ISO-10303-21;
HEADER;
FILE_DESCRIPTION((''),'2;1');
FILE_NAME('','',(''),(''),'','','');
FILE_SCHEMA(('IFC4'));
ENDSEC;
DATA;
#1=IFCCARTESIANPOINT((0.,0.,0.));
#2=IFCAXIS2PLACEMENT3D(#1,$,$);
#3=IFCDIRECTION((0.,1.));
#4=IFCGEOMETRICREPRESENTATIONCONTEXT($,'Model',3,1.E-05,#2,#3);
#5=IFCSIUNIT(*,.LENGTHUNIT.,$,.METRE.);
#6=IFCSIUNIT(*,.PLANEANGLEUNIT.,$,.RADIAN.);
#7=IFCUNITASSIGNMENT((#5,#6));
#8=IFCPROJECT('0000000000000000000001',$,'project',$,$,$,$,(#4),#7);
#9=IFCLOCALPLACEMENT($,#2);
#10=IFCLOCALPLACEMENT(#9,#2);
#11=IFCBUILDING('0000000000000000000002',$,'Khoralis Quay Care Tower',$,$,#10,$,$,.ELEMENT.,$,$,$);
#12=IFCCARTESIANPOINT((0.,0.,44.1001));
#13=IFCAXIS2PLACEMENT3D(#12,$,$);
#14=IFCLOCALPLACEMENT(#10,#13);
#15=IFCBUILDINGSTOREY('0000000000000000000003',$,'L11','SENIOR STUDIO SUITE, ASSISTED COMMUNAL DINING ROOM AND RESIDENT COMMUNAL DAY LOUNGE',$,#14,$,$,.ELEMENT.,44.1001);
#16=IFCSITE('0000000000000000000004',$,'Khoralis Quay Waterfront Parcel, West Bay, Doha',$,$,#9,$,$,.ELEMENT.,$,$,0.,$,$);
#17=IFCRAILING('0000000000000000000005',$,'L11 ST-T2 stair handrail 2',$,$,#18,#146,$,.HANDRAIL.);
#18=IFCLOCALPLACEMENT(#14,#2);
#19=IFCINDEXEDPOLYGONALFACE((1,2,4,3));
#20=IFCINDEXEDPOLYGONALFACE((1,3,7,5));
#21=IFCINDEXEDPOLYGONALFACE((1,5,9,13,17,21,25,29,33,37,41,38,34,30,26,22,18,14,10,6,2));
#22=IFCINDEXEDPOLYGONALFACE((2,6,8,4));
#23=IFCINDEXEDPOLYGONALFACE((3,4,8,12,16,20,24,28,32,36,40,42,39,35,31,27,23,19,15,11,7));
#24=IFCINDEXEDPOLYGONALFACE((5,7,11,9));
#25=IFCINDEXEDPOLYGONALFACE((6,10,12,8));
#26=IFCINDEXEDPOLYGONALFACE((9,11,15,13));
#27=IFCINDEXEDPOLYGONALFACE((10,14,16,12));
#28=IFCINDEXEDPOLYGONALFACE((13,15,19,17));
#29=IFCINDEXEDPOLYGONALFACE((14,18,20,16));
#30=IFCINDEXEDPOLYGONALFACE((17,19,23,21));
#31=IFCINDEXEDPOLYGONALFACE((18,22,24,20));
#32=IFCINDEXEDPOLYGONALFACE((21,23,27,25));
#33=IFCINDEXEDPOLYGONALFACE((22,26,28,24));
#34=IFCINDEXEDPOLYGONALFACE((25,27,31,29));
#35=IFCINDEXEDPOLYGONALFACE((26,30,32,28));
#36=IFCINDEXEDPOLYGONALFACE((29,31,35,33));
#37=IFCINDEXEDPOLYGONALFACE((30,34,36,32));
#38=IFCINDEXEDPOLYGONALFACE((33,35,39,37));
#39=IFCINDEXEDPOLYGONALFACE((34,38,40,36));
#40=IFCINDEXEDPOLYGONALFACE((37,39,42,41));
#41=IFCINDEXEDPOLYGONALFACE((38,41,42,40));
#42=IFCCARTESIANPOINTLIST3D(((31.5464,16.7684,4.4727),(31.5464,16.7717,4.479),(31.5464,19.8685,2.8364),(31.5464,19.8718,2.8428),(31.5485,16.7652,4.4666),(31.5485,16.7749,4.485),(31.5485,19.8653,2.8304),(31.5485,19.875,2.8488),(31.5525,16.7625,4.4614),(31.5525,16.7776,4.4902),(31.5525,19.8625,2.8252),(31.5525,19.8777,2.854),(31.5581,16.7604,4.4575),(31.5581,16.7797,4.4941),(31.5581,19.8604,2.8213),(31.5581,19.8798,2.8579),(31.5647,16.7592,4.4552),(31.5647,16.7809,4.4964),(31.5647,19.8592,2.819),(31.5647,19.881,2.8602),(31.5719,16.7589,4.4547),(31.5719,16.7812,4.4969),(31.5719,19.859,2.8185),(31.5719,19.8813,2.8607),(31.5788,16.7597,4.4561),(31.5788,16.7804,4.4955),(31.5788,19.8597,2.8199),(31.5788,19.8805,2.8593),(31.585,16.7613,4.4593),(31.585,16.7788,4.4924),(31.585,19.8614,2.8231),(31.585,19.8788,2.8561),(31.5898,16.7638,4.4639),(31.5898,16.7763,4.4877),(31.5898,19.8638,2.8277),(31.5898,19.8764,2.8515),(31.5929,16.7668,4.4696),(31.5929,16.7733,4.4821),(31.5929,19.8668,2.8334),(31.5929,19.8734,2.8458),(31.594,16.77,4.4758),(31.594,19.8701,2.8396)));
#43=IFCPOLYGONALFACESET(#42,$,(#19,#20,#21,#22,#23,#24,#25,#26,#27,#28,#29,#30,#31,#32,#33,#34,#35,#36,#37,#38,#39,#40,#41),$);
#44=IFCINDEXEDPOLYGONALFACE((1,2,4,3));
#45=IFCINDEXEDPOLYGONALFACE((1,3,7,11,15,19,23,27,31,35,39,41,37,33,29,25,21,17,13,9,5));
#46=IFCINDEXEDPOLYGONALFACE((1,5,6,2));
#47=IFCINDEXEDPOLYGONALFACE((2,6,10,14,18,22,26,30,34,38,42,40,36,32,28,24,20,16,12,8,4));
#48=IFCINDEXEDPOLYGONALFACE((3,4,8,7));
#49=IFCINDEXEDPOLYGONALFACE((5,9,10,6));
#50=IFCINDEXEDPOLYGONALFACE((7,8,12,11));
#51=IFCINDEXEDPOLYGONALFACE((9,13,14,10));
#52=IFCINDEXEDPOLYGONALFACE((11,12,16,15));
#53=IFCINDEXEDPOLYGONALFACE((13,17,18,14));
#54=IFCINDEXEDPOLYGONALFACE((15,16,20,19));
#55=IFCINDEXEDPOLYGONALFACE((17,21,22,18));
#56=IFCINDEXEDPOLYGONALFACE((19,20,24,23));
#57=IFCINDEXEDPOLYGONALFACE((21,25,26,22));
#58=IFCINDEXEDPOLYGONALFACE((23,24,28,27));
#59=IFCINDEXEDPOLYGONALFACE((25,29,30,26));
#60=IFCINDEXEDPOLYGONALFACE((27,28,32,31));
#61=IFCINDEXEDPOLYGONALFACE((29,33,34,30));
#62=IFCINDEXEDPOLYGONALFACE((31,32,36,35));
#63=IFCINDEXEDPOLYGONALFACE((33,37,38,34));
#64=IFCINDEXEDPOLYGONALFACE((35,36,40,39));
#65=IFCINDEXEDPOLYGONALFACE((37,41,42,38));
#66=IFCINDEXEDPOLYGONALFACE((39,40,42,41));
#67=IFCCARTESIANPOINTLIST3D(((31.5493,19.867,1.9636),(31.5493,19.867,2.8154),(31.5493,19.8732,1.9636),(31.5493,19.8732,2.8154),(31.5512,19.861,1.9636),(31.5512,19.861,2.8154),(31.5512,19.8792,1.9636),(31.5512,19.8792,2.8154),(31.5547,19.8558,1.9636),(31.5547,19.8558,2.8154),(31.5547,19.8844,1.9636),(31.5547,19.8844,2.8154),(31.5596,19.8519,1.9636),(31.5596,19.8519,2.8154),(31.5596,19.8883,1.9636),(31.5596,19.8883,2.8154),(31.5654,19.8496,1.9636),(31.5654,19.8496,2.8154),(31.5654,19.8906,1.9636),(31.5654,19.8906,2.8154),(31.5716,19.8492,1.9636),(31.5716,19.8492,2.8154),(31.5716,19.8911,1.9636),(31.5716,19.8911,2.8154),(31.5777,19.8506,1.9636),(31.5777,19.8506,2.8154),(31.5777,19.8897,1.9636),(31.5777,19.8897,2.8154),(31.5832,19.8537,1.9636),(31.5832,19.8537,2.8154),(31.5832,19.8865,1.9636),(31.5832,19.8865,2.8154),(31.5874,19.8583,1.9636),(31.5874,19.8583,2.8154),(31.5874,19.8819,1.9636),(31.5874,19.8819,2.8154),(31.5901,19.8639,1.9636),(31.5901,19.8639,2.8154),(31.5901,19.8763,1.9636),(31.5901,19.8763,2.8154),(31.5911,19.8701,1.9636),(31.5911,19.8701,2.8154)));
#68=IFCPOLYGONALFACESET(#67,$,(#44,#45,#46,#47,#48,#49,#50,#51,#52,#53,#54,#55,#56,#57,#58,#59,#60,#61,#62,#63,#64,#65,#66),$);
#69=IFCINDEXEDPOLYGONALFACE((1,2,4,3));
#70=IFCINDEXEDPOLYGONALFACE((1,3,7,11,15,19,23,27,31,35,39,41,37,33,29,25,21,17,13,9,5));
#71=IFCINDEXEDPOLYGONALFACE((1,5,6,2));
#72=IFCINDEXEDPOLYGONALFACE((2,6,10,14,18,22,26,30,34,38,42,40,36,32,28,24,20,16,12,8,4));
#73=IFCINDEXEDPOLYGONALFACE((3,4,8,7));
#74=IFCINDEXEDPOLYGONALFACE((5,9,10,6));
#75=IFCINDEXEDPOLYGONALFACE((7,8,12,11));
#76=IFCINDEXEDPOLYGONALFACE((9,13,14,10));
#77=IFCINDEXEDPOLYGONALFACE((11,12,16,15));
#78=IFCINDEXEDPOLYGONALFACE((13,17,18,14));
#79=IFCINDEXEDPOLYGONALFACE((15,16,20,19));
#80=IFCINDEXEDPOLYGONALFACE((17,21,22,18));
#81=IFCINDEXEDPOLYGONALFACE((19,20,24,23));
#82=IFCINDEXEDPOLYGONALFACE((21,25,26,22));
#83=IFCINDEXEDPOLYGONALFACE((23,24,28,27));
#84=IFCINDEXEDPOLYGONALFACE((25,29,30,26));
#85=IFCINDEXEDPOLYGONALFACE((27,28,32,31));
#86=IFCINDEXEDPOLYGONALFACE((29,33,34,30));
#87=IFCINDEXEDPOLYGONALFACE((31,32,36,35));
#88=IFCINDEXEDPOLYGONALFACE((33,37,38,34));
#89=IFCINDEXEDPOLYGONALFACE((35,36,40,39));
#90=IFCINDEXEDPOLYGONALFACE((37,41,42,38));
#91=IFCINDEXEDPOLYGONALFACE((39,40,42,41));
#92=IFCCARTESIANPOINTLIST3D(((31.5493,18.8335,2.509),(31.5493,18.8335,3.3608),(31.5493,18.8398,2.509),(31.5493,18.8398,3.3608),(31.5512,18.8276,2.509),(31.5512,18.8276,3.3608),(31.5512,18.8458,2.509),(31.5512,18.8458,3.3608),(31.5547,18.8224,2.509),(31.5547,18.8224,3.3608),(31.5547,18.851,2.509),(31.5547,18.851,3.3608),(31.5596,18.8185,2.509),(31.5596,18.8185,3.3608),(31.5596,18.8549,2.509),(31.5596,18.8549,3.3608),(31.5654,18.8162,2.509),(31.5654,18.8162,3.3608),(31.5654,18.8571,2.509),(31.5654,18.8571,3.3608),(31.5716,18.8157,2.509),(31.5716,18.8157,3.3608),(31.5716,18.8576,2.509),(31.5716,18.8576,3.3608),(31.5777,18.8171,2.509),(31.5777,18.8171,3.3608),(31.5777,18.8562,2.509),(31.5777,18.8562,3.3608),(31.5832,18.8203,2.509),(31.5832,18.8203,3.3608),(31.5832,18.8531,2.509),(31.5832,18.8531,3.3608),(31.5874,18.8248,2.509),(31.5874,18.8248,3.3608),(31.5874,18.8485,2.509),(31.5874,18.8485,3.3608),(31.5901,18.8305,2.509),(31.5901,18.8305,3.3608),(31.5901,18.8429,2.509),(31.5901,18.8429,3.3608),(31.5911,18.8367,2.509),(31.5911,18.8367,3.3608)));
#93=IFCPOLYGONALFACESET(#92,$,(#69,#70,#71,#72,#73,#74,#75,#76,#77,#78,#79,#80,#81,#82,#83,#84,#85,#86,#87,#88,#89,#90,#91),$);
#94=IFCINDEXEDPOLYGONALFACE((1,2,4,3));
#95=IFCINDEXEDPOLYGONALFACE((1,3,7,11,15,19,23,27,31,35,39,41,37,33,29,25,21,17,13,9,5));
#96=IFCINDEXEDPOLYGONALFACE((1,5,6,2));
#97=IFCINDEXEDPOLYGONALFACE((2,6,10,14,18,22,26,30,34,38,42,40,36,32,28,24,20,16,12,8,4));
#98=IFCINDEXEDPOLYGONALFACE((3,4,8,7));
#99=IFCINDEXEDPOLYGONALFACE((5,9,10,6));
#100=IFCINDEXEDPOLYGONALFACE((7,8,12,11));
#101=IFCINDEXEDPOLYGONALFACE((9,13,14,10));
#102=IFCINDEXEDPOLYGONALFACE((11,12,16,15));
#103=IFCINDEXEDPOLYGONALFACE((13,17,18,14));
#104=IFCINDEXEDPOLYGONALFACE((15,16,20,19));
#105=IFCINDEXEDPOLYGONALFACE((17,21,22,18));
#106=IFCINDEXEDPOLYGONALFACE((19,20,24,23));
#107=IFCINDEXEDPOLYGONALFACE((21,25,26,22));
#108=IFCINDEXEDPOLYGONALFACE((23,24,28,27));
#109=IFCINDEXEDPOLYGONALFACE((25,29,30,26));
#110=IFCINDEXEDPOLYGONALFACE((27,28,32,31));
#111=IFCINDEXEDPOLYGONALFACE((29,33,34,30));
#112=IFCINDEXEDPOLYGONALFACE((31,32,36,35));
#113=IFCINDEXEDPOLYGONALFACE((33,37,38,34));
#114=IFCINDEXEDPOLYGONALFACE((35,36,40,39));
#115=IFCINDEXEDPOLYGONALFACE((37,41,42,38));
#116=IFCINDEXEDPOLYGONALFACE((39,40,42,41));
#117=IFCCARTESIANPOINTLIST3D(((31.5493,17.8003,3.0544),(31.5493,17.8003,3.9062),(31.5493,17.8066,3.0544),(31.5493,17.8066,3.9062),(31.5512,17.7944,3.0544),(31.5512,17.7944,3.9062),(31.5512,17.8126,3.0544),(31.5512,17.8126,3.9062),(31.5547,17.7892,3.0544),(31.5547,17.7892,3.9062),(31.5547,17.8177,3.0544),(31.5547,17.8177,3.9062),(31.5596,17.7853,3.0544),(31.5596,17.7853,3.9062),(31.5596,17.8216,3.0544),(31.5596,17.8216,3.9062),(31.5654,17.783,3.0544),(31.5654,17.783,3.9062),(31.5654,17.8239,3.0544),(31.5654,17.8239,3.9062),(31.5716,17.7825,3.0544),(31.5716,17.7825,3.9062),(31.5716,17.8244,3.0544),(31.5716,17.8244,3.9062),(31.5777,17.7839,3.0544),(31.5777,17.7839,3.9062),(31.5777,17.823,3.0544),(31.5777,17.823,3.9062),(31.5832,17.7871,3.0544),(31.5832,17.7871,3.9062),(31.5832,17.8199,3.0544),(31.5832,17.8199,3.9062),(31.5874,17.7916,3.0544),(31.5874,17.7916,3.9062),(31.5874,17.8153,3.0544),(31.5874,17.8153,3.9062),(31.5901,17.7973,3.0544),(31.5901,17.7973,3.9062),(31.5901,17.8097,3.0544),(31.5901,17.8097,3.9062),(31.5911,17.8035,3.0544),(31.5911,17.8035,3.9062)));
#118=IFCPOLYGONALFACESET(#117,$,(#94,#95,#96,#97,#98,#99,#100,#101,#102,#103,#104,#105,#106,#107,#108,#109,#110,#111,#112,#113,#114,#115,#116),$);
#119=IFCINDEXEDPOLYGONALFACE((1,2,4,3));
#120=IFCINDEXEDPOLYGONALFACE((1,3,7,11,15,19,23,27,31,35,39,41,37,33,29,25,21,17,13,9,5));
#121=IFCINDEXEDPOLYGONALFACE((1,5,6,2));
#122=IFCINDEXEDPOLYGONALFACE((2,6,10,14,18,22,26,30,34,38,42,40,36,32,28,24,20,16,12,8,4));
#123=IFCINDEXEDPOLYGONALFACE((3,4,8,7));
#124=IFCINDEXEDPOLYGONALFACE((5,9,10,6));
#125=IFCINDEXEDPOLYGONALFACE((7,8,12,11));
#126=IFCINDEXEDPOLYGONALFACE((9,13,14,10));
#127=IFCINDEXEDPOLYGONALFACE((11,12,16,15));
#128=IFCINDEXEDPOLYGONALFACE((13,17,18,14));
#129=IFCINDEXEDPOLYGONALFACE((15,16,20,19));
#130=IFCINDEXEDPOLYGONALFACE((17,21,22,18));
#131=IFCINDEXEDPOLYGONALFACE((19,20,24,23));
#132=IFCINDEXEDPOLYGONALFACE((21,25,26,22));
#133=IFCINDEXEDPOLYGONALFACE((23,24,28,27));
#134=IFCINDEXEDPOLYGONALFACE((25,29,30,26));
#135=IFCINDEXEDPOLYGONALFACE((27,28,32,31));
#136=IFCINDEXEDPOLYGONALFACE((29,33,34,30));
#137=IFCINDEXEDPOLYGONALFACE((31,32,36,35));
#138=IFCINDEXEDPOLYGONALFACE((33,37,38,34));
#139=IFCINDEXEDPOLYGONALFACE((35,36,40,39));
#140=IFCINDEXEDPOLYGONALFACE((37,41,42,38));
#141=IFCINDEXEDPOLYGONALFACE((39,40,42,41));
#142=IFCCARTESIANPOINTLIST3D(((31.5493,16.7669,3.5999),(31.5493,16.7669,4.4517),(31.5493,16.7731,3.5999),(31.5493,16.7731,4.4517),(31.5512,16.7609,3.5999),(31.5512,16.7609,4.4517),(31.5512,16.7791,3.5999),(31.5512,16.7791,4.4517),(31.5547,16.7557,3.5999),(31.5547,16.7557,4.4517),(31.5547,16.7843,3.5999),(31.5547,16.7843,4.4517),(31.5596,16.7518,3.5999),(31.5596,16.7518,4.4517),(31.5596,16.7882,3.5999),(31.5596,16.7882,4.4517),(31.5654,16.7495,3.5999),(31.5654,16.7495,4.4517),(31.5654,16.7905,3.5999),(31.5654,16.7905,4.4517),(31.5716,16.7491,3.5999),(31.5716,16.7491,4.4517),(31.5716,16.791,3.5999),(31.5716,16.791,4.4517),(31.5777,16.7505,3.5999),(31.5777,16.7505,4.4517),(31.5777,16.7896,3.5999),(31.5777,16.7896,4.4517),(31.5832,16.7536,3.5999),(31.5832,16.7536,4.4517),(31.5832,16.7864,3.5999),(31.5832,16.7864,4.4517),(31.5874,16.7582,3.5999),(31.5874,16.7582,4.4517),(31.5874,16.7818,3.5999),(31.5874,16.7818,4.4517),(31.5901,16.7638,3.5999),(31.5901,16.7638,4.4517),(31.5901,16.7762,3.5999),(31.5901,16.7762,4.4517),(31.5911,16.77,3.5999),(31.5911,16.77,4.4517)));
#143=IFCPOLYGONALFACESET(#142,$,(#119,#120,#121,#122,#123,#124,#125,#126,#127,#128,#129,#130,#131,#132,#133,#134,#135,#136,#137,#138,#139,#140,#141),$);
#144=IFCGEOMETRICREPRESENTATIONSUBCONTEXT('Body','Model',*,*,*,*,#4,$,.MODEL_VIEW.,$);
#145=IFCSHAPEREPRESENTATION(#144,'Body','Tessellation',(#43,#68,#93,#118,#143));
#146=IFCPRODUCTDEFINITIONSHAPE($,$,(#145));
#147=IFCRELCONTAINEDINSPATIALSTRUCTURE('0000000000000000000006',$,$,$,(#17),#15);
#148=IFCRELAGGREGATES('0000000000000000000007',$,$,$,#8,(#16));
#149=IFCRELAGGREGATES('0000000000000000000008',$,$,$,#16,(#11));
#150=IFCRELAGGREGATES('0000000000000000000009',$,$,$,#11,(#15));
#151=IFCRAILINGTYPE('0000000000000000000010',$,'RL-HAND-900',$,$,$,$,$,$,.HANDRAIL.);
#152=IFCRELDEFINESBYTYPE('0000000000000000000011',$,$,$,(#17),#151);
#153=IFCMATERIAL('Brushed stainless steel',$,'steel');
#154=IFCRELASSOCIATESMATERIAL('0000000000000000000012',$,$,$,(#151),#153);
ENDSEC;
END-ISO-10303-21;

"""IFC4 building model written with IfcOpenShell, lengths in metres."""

from ifc_helpers import new_model, si_unit, direction, frame, origin, origin_2d, place, context, subcontext, project, spatial, circle, extrude, material, type_object, element, save


model = new_model("IFC4")

# Units and contexts
model_context = context("Model", 3, precision=1e-05, world=origin(), true_north=direction((0.0, 1.0)))
body_context = subcontext(model_context, "Body", "Model", "MODEL_VIEW")
ifc_project = project(units=[si_unit("LENGTHUNIT", "METRE"), si_unit("PLANEANGLEUNIT", "RADIAN")], contexts=[model_context])

# Site, building, storey
site_placement = place(None, origin())
site = spatial("IfcSite", under=ifc_project, at=site_placement, Name="Khoralis Quay Waterfront Parcel, West Bay, Doha", CompositionType="ELEMENT", RefElevation=0.0)
building_placement = place(site_placement, origin())
building = spatial("IfcBuilding", under=site, at=building_placement, Name="Khoralis Quay Care Tower", CompositionType="ELEMENT")
storey_placement = place(building_placement, frame((0.0, 0.0, 44.1001)))
storey = spatial("IfcBuildingStorey", under=building, at=storey_placement, Name="L11", Description="SENIOR STUDIO SUITE, ASSISTED COMMUNAL DINING ROOM AND RESIDENT COMMUNAL DAY LOUNGE", CompositionType="ELEMENT", Elevation=44.1001)

# Shared definitions
ifc_material_1 = material(Name="Brushed stainless steel", Category="steel")

# Railing
railing_type_1 = type_object("IfcRailingType", Name="RL-HAND-900", PredefinedType="HANDRAIL", material=ifc_material_1)
railing_1_placement = place(storey_placement, frame((31.5701, 19.8701, 1.9636)))
element("IfcRailing", 1, at=railing_1_placement, inside=storey, type_object=railing_type_1, Name="L11 ST-T2 stair handrail 2", PredefinedType="HANDRAIL", context=body_context, shape_type="SweptSolid", body=[
    extrude(circle(Radius=0.0239, at=origin_2d()), frame((0.0, 0.0, 0.876), z_axis=(0.0, -0.884377, 0.466774), x_axis=(1.0, 0.0, 0.0)), (0.0, 0.0, 1.0), 3.5054),
    extrude(circle(Radius=0.021, at=origin_2d()), origin(), (0.0, 0.0, 1.0), 0.8518),
    extrude(circle(Radius=0.021, at=origin_2d()), frame((0.0, -1.0334, 0.5454)), (0.0, 0.0, 1.0), 0.8518),
    extrude(circle(Radius=0.021, at=origin_2d()), frame((0.0, -2.0667, 1.0908)), (0.0, 0.0, 1.0), 0.8518),
    extrude(circle(Radius=0.021, at=origin_2d()), frame((0.0, -3.1001, 1.6362)), (0.0, 0.0, 1.0), 0.8518),
])

save(model, "model.ifc")
